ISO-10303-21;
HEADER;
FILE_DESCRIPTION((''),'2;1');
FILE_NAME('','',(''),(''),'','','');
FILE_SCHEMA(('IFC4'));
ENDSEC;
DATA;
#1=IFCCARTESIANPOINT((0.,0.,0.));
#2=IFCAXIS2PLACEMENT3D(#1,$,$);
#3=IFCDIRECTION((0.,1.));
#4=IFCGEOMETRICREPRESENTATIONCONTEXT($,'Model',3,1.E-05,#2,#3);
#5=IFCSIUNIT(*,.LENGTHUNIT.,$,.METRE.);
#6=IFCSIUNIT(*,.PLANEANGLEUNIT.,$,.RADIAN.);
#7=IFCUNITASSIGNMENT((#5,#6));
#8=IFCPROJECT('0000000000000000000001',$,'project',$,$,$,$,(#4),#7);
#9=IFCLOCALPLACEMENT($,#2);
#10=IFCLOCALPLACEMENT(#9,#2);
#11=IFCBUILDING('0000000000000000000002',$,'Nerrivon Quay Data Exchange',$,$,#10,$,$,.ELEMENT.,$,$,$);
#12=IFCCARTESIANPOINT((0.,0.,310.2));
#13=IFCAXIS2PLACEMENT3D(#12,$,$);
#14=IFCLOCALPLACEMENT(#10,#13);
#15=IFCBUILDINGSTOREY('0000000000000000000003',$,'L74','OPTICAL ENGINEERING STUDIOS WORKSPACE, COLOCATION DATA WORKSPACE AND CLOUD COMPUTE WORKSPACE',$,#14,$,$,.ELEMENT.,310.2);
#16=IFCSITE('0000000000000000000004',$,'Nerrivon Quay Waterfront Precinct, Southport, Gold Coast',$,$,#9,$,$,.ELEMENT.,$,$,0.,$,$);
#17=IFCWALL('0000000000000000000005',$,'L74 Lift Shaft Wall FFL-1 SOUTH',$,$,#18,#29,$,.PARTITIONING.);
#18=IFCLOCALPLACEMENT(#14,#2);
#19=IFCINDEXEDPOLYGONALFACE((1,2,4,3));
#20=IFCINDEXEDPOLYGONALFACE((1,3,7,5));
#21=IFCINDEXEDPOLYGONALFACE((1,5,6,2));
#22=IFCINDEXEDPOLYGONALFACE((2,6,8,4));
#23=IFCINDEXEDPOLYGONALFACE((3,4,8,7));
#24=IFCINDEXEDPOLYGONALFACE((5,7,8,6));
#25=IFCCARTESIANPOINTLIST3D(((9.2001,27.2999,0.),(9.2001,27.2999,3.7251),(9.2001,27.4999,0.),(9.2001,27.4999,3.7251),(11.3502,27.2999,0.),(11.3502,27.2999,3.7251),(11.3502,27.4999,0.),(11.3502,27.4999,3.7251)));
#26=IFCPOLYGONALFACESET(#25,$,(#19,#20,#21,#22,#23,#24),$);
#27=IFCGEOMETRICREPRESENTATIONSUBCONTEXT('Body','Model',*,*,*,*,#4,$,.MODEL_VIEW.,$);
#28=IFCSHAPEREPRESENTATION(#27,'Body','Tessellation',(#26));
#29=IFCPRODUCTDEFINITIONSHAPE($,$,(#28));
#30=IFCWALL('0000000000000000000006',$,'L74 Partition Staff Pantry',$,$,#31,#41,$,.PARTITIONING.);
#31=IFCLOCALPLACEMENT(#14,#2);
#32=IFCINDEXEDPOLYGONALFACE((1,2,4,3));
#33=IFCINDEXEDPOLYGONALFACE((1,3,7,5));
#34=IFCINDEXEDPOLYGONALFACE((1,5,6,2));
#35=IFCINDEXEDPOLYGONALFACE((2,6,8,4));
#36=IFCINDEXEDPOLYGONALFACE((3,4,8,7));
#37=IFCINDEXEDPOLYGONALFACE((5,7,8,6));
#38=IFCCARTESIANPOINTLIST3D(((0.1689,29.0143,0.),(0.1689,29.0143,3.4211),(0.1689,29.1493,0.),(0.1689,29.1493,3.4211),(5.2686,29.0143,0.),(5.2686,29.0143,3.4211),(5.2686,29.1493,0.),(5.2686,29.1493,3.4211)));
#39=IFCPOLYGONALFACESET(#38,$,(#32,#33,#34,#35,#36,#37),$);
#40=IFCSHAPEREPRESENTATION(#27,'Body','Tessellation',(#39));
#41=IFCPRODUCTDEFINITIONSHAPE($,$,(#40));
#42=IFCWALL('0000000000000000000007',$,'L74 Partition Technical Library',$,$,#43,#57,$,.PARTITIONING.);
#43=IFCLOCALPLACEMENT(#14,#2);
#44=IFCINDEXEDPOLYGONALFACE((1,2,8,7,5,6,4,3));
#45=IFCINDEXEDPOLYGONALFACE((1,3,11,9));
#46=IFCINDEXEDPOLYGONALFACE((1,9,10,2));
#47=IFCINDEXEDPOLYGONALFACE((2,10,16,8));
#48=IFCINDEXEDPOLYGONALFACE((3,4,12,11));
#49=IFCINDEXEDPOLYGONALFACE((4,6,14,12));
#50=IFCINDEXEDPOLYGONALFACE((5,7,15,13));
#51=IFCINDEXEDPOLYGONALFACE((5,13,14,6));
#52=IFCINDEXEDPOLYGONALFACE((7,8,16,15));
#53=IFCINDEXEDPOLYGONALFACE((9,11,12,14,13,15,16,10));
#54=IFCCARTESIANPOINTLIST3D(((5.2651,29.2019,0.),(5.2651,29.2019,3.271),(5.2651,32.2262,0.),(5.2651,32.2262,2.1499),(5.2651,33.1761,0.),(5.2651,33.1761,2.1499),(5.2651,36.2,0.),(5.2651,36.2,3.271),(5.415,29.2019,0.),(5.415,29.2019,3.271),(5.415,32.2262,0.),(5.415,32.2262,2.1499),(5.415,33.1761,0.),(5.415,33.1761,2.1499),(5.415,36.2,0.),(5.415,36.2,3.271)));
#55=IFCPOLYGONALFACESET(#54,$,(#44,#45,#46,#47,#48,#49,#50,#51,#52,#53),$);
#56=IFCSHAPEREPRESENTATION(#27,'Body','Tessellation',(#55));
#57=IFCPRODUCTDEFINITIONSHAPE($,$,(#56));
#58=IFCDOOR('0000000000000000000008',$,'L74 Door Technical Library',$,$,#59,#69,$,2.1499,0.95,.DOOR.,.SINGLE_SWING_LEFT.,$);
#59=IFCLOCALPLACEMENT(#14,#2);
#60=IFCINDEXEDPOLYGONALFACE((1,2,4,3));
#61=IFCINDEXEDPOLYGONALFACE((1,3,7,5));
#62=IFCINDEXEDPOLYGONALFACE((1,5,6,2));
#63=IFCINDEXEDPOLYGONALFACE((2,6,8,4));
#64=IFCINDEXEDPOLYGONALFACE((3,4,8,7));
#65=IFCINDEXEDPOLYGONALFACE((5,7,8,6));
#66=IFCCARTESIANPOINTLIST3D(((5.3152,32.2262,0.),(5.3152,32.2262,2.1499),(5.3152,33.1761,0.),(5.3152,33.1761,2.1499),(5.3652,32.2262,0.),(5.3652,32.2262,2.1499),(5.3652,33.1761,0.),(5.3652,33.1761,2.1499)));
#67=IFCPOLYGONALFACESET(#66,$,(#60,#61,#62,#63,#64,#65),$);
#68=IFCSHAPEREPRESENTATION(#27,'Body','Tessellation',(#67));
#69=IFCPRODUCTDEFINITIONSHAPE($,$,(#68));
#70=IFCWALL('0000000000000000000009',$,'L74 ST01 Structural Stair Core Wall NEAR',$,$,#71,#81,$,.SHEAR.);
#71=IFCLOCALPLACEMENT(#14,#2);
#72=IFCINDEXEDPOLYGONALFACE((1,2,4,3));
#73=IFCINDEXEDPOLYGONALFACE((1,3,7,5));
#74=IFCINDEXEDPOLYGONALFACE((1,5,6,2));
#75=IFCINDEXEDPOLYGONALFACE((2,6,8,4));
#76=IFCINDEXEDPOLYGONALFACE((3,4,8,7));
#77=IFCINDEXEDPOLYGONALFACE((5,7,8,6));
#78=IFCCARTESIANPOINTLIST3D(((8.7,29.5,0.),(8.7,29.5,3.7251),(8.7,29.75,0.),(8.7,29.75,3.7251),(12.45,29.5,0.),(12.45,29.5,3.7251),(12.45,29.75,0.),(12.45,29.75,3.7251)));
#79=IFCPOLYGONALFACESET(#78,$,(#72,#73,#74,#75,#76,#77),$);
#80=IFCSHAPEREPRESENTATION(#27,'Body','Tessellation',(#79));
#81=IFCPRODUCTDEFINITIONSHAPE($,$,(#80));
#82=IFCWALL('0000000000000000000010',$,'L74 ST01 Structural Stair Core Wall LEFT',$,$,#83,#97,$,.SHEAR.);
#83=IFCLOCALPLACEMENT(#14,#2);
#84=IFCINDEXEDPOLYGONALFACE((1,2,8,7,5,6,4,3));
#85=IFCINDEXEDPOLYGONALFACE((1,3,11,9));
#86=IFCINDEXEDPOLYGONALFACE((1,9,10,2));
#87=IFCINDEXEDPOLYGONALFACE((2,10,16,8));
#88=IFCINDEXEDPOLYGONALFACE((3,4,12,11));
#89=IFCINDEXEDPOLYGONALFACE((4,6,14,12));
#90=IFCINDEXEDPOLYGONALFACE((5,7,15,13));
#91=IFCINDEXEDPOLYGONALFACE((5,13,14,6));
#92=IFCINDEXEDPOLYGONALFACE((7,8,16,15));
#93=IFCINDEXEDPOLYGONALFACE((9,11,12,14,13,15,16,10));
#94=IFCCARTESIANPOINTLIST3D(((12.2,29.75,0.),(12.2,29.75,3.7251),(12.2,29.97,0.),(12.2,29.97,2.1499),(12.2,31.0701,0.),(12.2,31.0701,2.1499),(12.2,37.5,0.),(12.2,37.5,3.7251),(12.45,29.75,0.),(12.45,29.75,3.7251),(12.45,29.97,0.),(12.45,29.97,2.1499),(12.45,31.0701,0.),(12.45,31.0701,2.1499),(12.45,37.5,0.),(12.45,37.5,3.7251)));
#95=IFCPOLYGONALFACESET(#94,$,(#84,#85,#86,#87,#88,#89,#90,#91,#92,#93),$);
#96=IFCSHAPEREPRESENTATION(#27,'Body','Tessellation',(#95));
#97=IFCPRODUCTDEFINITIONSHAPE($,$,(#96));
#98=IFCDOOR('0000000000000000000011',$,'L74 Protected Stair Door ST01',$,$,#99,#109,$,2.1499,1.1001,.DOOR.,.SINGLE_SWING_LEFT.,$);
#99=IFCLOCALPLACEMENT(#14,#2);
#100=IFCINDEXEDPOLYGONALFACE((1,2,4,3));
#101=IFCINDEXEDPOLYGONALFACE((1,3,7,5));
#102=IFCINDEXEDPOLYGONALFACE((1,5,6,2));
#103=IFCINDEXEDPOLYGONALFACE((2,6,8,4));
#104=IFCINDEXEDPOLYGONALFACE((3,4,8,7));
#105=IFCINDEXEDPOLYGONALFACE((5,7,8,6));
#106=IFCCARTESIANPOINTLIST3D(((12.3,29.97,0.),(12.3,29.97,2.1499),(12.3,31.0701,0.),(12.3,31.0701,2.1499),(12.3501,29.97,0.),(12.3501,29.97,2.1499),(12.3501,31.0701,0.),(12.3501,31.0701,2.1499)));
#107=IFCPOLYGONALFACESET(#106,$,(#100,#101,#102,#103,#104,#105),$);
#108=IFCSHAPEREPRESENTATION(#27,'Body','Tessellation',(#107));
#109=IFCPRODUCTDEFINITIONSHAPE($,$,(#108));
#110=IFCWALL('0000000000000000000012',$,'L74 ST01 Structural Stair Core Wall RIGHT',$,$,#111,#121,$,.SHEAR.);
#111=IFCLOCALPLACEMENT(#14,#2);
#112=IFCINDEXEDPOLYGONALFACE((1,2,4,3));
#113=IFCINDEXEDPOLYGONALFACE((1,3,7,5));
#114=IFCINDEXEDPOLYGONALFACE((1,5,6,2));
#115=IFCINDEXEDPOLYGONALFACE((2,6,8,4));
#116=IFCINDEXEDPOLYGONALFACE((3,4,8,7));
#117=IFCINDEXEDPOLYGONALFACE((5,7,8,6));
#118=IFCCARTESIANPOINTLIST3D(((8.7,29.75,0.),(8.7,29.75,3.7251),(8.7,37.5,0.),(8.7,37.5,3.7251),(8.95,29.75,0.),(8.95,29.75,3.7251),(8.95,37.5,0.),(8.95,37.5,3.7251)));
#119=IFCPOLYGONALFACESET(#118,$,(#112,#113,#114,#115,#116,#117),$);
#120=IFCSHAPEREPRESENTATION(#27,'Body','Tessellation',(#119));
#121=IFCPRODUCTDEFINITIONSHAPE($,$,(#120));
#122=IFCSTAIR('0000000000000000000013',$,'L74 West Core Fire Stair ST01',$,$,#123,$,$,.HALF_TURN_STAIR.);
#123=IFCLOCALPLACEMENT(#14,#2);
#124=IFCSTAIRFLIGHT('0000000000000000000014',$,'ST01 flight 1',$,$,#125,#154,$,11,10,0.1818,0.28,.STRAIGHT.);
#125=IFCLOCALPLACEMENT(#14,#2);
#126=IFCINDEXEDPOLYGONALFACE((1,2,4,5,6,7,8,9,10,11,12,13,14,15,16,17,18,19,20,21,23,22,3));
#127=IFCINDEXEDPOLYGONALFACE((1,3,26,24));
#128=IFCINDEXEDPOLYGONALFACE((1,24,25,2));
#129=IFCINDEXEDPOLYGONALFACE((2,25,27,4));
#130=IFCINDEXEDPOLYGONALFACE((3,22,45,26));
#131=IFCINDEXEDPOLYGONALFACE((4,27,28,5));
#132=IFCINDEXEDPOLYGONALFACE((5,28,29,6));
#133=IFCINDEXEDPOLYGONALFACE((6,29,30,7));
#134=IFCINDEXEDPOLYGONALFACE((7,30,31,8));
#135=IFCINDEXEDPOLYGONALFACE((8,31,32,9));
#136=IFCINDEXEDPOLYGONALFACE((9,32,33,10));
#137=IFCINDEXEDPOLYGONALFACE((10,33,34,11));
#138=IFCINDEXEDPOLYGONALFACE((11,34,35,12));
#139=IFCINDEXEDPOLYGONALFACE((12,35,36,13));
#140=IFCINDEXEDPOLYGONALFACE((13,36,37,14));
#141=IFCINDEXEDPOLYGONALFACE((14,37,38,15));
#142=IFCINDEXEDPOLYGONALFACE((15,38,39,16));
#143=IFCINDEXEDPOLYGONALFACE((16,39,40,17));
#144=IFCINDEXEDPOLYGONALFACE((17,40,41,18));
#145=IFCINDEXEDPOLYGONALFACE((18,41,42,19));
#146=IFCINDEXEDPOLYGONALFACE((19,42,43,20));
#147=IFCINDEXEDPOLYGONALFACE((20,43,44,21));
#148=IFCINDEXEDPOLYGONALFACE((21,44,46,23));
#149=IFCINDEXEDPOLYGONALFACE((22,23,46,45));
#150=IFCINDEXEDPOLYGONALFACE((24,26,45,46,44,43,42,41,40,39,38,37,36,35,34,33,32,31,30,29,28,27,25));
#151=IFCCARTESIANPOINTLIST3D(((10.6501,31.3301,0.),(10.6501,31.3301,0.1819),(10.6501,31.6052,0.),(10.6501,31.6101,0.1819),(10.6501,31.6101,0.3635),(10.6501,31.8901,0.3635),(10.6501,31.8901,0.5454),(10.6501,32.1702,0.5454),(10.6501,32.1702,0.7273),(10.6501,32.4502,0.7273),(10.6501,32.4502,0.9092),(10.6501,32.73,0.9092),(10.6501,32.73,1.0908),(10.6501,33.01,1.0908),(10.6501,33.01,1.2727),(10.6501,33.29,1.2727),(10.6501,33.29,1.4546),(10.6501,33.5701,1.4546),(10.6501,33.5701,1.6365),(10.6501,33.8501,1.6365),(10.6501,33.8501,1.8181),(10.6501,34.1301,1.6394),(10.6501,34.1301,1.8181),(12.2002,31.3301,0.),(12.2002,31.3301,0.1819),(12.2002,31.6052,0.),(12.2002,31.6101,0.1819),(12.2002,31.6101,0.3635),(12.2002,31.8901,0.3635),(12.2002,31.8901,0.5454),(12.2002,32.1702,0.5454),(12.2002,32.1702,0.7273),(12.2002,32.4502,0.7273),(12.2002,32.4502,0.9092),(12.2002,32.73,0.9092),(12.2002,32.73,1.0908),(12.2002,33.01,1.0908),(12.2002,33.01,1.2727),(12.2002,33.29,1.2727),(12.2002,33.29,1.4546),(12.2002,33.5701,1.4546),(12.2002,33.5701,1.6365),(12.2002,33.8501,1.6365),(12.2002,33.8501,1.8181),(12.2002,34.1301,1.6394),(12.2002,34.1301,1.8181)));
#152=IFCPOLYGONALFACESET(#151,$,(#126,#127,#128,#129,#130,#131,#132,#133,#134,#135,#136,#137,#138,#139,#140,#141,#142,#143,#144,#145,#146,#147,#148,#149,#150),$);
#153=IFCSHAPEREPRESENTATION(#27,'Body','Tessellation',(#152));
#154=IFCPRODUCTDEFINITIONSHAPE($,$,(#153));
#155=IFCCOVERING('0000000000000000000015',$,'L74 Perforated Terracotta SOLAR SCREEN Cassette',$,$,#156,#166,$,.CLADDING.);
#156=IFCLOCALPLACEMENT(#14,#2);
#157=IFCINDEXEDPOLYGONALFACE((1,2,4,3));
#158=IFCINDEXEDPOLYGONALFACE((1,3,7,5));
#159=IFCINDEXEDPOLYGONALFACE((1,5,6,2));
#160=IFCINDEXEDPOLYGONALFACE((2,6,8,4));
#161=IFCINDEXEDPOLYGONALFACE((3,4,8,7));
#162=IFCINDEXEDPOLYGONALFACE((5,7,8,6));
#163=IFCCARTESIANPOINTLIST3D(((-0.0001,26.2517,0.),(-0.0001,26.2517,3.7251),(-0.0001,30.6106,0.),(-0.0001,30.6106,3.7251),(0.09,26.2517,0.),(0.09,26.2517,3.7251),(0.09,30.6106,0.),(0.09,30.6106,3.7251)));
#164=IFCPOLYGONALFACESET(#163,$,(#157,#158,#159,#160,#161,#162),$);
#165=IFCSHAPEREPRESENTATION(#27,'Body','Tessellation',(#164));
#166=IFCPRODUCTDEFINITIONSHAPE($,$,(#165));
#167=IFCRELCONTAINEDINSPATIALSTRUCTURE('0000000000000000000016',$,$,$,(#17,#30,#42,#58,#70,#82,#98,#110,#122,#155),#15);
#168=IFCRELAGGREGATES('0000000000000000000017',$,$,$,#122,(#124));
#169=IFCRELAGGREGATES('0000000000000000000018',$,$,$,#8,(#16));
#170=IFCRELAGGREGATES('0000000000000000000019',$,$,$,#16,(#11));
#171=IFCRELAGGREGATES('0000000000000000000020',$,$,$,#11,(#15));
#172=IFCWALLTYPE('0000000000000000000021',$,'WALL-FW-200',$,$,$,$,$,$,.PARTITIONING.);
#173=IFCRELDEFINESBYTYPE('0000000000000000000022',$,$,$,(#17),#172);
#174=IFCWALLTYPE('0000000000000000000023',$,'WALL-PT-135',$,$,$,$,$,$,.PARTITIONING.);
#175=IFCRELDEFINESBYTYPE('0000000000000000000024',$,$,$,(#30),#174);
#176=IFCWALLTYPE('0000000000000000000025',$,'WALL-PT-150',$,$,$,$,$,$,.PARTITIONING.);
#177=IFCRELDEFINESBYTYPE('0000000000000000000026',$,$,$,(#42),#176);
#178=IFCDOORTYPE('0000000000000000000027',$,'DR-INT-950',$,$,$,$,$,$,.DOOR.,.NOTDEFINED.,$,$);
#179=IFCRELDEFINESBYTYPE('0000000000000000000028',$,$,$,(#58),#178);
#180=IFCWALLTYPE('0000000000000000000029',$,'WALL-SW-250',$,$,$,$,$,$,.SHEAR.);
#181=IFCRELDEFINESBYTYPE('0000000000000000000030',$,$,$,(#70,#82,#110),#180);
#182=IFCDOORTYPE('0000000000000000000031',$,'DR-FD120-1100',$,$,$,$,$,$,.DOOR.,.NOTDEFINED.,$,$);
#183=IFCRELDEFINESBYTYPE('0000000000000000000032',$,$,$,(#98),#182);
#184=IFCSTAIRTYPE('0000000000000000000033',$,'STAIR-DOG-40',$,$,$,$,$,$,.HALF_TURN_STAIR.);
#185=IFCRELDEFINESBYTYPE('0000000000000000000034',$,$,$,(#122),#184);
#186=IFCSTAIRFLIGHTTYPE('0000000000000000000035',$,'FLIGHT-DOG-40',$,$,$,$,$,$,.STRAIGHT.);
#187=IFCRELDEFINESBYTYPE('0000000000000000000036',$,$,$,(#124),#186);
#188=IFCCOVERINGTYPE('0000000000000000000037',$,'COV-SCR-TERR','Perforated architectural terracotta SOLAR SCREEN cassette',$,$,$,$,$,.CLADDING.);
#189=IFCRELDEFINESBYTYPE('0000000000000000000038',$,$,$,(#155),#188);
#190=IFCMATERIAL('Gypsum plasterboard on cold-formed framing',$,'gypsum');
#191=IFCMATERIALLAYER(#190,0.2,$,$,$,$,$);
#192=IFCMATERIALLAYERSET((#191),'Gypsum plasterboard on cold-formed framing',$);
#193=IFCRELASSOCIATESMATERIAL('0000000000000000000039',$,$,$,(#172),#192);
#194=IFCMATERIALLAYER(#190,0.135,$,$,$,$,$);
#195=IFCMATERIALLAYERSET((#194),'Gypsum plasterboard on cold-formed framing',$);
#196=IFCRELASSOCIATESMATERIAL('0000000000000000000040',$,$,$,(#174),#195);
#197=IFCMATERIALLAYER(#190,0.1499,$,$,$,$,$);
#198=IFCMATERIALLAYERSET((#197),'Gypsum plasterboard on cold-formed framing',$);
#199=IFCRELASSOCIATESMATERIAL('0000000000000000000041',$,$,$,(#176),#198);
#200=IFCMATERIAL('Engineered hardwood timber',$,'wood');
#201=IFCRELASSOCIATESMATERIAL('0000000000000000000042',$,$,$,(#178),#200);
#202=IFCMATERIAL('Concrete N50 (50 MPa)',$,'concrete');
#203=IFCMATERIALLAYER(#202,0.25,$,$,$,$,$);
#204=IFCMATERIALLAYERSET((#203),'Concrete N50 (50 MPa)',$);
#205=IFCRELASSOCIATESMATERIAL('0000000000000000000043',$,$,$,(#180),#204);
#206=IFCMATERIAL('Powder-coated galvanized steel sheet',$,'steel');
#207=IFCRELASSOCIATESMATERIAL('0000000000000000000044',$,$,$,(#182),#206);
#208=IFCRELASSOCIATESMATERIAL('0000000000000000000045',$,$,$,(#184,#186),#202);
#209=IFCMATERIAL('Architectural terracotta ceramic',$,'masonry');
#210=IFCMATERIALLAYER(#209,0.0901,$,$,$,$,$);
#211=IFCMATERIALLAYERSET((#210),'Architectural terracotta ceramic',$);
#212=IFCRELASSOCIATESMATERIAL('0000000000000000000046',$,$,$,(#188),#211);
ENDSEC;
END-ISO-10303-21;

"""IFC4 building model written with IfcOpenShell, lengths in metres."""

from ifc_helpers import new_model, si_unit, direction, frame, frame_2d, origin, origin_2d, place, context, subcontext, project, spatial, polyline, rectangle, outline, extrude, material, layer, layer_set, type_object, element, fill, aggregate, save


model = new_model("IFC4")

# Units and contexts
model_context = context("Model", 3, precision=1e-05, world=origin(), true_north=direction((0.0, 1.0)))
body_context = subcontext(model_context, "Body", "Model", "MODEL_VIEW")
ifc_project = project(units=[si_unit("LENGTHUNIT", "METRE"), si_unit("PLANEANGLEUNIT", "RADIAN")], contexts=[model_context])

# Site, building, storey
site_placement = place(None, origin())
site = spatial("IfcSite", under=ifc_project, at=site_placement, Name="Nerrivon Quay Waterfront Precinct, Southport, Gold Coast", CompositionType="ELEMENT", RefElevation=0.0)
building_placement = place(site_placement, origin())
building = spatial("IfcBuilding", under=site, at=building_placement, Name="Nerrivon Quay Data Exchange", CompositionType="ELEMENT")
storey_placement = place(building_placement, frame((0.0, 0.0, 310.2)))
storey = spatial("IfcBuildingStorey", under=building, at=storey_placement, Name="L74", Description="OPTICAL ENGINEERING STUDIOS WORKSPACE, COLOCATION DATA WORKSPACE AND CLOUD COMPUTE WORKSPACE", CompositionType="ELEMENT", Elevation=310.2)

# Shared definitions
ifc_material_1 = material(Name="Concrete N50 (50 MPa)", Category="concrete")

# Shared definitions
ifc_material_2 = material(Name="Gypsum plasterboard on cold-formed framing", Category="gypsum")
ifc_layer_1 = layer(ifc_material_2, 0.2)
ifc_layer_set_1 = layer_set([ifc_layer_1], Name="Gypsum plasterboard on cold-formed framing")
wall_type_1 = type_object("IfcWallType", Name="WALL-FW-200", PredefinedType="PARTITIONING", material=ifc_layer_set_1)
ifc_material_3 = material(Name="Powder-coated galvanized steel sheet", Category="steel")

# Walls
wall_1_placement = place(storey_placement, frame((9.2, 27.3999, 0.0), z_axis=(0.0, 0.0, 1.0), x_axis=(1.0, 0.0, 0.0)))
element("IfcWall", 1, at=wall_1_placement, inside=storey, type_object=wall_type_1, Name="L74 Lift Shaft Wall FFL-1 SOUTH", PredefinedType="PARTITIONING", context=body_context, shape_type="SweptSolid", body=[
    extrude(rectangle(XDim=2.1501, YDim=0.2, at=frame_2d((1.0752, 0.0))), origin(), (0.0, 0.0, 1.0), 3.7251),
])
ifc_layer_2 = layer(ifc_material_2, 0.135)
ifc_layer_set_2 = layer_set([ifc_layer_2], Name="Gypsum plasterboard on cold-formed framing")
wall_type_2 = type_object("IfcWallType", Name="WALL-PT-135", PredefinedType="PARTITIONING", material=ifc_layer_set_2)
wall_2_placement = place(storey_placement, frame((5.2686, 29.0818, 0.0), z_axis=(0.0, 0.0, 1.0), x_axis=(-1.0, 0.0, 0.0)))
element("IfcWall", 2, at=wall_2_placement, inside=storey, type_object=wall_type_2, Name="L74 Partition Staff Pantry", PredefinedType="PARTITIONING", context=body_context, shape_type="SweptSolid", body=[
    extrude(rectangle(XDim=5.0996, YDim=0.135, at=frame_2d((2.5498, 0.0))), origin(), (0.0, 0.0, 1.0), 3.4211),
])

# Wall, opening, door
ifc_layer_3 = layer(ifc_material_2, 0.1499)
ifc_layer_set_3 = layer_set([ifc_layer_3], Name="Gypsum plasterboard on cold-formed framing")
wall_type_3 = type_object("IfcWallType", Name="WALL-PT-150", PredefinedType="PARTITIONING", material=ifc_layer_set_3)
wall_3_placement = place(storey_placement, frame((5.3401, 29.2019, 0.0), z_axis=(0.0, 0.0, 1.0), x_axis=(0.0, 1.0, 0.0)))
wall_3 = element("IfcWall", 3, at=wall_3_placement, inside=storey, type_object=wall_type_3, Name="L74 Partition Technical Library", PredefinedType="PARTITIONING", context=body_context, shape_type="SweptSolid", body=[
    extrude(rectangle(XDim=6.998, YDim=0.1499, at=frame_2d((3.499, 0.0))), origin(), (0.0, 0.0, 1.0), 3.271),
])
opening_1_placement = place(wall_3_placement, frame((3.0242, 0.0, 0.0)))
opening_1 = element("IfcOpeningElement", 4, at=opening_1_placement, cuts=wall_3, PredefinedType="OPENING", context=body_context, shape_type="SweptSolid", body=[
    extrude(rectangle(XDim=0.95, YDim=2.1499, at=frame_2d((0.4751, 1.075))), frame((0.0, 0.085, 0.0), z_axis=(0.0, -1.0, 0.0), x_axis=(1.0, 0.0, 0.0)), (0.0, 0.0, 1.0), 0.1699),
])
ifc_material_4 = material(Name="Engineered hardwood timber", Category="wood")
door_type_1 = type_object("IfcDoorType", Name="DR-INT-950", OperationType="NOTDEFINED", PredefinedType="DOOR", material=ifc_material_4)
door_1_placement = place(opening_1_placement, origin())
door_1 = element("IfcDoor", 5, at=door_1_placement, inside=storey, type_object=door_type_1, Name="L74 Door Technical Library", OperationType="SINGLE_SWING_LEFT", OverallHeight=2.1499, OverallWidth=0.95, PredefinedType="DOOR", context=body_context, shape_type="SweptSolid", body=[
    extrude(rectangle(XDim=0.95, YDim=2.1499, at=frame_2d((0.4751, 1.075))), frame((0.0, 0.0249, 0.0), z_axis=(0.0, -1.0, 0.0), x_axis=(1.0, 0.0, 0.0)), (0.0, 0.0, 1.0), 0.05),
])
fill(opening_1, door_1)

# Wall
ifc_layer_4 = layer(ifc_material_1, 0.25)
ifc_layer_set_4 = layer_set([ifc_layer_4], Name="Concrete N50 (50 MPa)")
wall_type_4 = type_object("IfcWallType", Name="WALL-SW-250", PredefinedType="SHEAR", material=ifc_layer_set_4)
wall_4_placement = place(storey_placement, frame((12.45, 29.625, 0.0), z_axis=(0.0, 0.0, 1.0), x_axis=(-1.0, 0.0, 0.0)))
element("IfcWall", 6, at=wall_4_placement, inside=storey, type_object=wall_type_4, Name="L74 ST01 Structural Stair Core Wall NEAR", PredefinedType="SHEAR", context=body_context, shape_type="SweptSolid", body=[
    extrude(rectangle(XDim=3.75, YDim=0.25, at=frame_2d((1.875, 0.0))), origin(), (0.0, 0.0, 1.0), 3.7251),
])

# Wall, opening, door
wall_5_placement = place(storey_placement, frame((12.325, 29.75, 0.0), z_axis=(0.0, 0.0, 1.0), x_axis=(0.0, 1.0, 0.0)))
wall_5 = element("IfcWall", 7, at=wall_5_placement, inside=storey, type_object=wall_type_4, Name="L74 ST01 Structural Stair Core Wall LEFT", PredefinedType="SHEAR", context=body_context, shape_type="SweptSolid", body=[
    extrude(rectangle(XDim=7.75, YDim=0.25, at=frame_2d((3.875, 0.0))), origin(), (0.0, 0.0, 1.0), 3.7251),
])
opening_2_placement = place(wall_5_placement, frame((0.22, 0.0, 0.0)))
opening_2 = element("IfcOpeningElement", 8, at=opening_2_placement, cuts=wall_5, PredefinedType="OPENING", context=body_context, shape_type="SweptSolid", body=[
    extrude(rectangle(XDim=1.1001, YDim=2.1499, at=frame_2d((0.55, 1.075))), frame((0.0, 0.135, 0.0), z_axis=(0.0, -1.0, 0.0), x_axis=(1.0, 0.0, 0.0)), (0.0, 0.0, 1.0), 0.27),
])
door_type_2 = type_object("IfcDoorType", Name="DR-FD120-1100", OperationType="NOTDEFINED", PredefinedType="DOOR", material=ifc_material_3)
door_2_placement = place(opening_2_placement, origin())
door_2 = element("IfcDoor", 9, at=door_2_placement, inside=storey, type_object=door_type_2, Name="L74 Protected Stair Door ST01", OperationType="SINGLE_SWING_LEFT", OverallHeight=2.1499, OverallWidth=1.1001, PredefinedType="DOOR", context=body_context, shape_type="SweptSolid", body=[
    extrude(rectangle(XDim=1.1001, YDim=2.1499, at=frame_2d((0.55, 1.075))), frame((0.0, 0.0249, 0.0), z_axis=(0.0, -1.0, 0.0), x_axis=(1.0, 0.0, 0.0)), (0.0, 0.0, 1.0), 0.05),
])
fill(opening_2, door_2)

# Wall
wall_6_placement = place(storey_placement, frame((8.825, 29.75, 0.0), z_axis=(0.0, 0.0, 1.0), x_axis=(0.0, 1.0, 0.0)))
element("IfcWall", 10, at=wall_6_placement, inside=storey, type_object=wall_type_4, Name="L74 ST01 Structural Stair Core Wall RIGHT", PredefinedType="SHEAR", context=body_context, shape_type="SweptSolid", body=[
    extrude(rectangle(XDim=7.75, YDim=0.25, at=frame_2d((3.875, 0.0))), origin(), (0.0, 0.0, 1.0), 3.7251),
])

# Stair, stair flight
stair_type = type_object("IfcStairType", Name="STAIR-DOG-40", PredefinedType="HALF_TURN_STAIR", material=ifc_material_1)
stair_placement = place(storey_placement, origin())
stair = element("IfcStair", 11, at=stair_placement, inside=storey, type_object=stair_type, Name="L74 West Core Fire Stair ST01", PredefinedType="HALF_TURN_STAIR")
stair_flight_type = type_object("IfcStairFlightType", Name="FLIGHT-DOG-40", PredefinedType="STRAIGHT", material=ifc_material_1)
stair_flight_placement = place(storey_placement, frame((11.425, 31.3301, 0.0), z_axis=(0.0, 0.0, 1.0), x_axis=(0.0, 1.0, 0.0)))
stair_flight = element("IfcStairFlight", 12, at=stair_flight_placement, type_object=stair_flight_type, Name="ST01 flight 1", NumberOfRisers=11, NumberOfTreads=10, PredefinedType="STRAIGHT", RiserHeight=0.1818, TreadLength=0.28, context=body_context, shape_type="SweptSolid", body=[
    extrude(outline(polyline([(0.0, 0.0), (0.0, 0.1819), (0.28, 0.1819), (0.28, 0.3635), (0.5601, 0.3635), (0.5601, 0.5454), (0.8401, 0.5454), (0.8401, 0.7273), (1.1201, 0.7273), (1.1201, 0.9092), (1.3999, 0.9092), (1.3999, 1.0908), (1.6799, 1.0908), (1.6799, 1.2727), (1.96, 1.2727), (1.96, 1.4546), (2.24, 1.4546), (2.24, 1.6365), (2.52, 1.6365), (2.52, 1.8181), (2.8, 1.8181), (2.8, 2.0), (2.8, 1.6394), (0.2751, 0.0), (0.0, 0.0)])), frame((0.0, 0.7749, 0.0), z_axis=(0.0, -1.0, 0.0), x_axis=(1.0, 0.0, 0.0)), (0.0, 0.0, 1.0), 1.55),
])
aggregate(stair, [stair_flight])

# Covering
ifc_material_5 = material(Name="Architectural terracotta ceramic", Category="masonry")
ifc_layer_5 = layer(ifc_material_5, 0.0901)
ifc_layer_set_5 = layer_set([ifc_layer_5], Name="Architectural terracotta ceramic")
covering_type = type_object("IfcCoveringType", Name="COV-SCR-TERR", Description="Perforated architectural terracotta SOLAR SCREEN cassette", PredefinedType="CLADDING", material=ifc_layer_set_5)
covering_placement = place(storey_placement, frame((0.0449, 28.4312, 0.0), z_axis=(0.0, 0.0, 1.0), x_axis=(0.0, 1.0, 0.0)))
element("IfcCovering", 13, at=covering_placement, inside=storey, type_object=covering_type, Name="L74 Perforated Terracotta SOLAR SCREEN Cassette", PredefinedType="CLADDING", context=body_context, shape_type="SweptSolid", body=[
    extrude(rectangle(XDim=4.3589, YDim=0.0901, at=origin_2d()), origin(), (0.0, 0.0, 1.0), 3.7251),
])

save(model, "model.ifc")
